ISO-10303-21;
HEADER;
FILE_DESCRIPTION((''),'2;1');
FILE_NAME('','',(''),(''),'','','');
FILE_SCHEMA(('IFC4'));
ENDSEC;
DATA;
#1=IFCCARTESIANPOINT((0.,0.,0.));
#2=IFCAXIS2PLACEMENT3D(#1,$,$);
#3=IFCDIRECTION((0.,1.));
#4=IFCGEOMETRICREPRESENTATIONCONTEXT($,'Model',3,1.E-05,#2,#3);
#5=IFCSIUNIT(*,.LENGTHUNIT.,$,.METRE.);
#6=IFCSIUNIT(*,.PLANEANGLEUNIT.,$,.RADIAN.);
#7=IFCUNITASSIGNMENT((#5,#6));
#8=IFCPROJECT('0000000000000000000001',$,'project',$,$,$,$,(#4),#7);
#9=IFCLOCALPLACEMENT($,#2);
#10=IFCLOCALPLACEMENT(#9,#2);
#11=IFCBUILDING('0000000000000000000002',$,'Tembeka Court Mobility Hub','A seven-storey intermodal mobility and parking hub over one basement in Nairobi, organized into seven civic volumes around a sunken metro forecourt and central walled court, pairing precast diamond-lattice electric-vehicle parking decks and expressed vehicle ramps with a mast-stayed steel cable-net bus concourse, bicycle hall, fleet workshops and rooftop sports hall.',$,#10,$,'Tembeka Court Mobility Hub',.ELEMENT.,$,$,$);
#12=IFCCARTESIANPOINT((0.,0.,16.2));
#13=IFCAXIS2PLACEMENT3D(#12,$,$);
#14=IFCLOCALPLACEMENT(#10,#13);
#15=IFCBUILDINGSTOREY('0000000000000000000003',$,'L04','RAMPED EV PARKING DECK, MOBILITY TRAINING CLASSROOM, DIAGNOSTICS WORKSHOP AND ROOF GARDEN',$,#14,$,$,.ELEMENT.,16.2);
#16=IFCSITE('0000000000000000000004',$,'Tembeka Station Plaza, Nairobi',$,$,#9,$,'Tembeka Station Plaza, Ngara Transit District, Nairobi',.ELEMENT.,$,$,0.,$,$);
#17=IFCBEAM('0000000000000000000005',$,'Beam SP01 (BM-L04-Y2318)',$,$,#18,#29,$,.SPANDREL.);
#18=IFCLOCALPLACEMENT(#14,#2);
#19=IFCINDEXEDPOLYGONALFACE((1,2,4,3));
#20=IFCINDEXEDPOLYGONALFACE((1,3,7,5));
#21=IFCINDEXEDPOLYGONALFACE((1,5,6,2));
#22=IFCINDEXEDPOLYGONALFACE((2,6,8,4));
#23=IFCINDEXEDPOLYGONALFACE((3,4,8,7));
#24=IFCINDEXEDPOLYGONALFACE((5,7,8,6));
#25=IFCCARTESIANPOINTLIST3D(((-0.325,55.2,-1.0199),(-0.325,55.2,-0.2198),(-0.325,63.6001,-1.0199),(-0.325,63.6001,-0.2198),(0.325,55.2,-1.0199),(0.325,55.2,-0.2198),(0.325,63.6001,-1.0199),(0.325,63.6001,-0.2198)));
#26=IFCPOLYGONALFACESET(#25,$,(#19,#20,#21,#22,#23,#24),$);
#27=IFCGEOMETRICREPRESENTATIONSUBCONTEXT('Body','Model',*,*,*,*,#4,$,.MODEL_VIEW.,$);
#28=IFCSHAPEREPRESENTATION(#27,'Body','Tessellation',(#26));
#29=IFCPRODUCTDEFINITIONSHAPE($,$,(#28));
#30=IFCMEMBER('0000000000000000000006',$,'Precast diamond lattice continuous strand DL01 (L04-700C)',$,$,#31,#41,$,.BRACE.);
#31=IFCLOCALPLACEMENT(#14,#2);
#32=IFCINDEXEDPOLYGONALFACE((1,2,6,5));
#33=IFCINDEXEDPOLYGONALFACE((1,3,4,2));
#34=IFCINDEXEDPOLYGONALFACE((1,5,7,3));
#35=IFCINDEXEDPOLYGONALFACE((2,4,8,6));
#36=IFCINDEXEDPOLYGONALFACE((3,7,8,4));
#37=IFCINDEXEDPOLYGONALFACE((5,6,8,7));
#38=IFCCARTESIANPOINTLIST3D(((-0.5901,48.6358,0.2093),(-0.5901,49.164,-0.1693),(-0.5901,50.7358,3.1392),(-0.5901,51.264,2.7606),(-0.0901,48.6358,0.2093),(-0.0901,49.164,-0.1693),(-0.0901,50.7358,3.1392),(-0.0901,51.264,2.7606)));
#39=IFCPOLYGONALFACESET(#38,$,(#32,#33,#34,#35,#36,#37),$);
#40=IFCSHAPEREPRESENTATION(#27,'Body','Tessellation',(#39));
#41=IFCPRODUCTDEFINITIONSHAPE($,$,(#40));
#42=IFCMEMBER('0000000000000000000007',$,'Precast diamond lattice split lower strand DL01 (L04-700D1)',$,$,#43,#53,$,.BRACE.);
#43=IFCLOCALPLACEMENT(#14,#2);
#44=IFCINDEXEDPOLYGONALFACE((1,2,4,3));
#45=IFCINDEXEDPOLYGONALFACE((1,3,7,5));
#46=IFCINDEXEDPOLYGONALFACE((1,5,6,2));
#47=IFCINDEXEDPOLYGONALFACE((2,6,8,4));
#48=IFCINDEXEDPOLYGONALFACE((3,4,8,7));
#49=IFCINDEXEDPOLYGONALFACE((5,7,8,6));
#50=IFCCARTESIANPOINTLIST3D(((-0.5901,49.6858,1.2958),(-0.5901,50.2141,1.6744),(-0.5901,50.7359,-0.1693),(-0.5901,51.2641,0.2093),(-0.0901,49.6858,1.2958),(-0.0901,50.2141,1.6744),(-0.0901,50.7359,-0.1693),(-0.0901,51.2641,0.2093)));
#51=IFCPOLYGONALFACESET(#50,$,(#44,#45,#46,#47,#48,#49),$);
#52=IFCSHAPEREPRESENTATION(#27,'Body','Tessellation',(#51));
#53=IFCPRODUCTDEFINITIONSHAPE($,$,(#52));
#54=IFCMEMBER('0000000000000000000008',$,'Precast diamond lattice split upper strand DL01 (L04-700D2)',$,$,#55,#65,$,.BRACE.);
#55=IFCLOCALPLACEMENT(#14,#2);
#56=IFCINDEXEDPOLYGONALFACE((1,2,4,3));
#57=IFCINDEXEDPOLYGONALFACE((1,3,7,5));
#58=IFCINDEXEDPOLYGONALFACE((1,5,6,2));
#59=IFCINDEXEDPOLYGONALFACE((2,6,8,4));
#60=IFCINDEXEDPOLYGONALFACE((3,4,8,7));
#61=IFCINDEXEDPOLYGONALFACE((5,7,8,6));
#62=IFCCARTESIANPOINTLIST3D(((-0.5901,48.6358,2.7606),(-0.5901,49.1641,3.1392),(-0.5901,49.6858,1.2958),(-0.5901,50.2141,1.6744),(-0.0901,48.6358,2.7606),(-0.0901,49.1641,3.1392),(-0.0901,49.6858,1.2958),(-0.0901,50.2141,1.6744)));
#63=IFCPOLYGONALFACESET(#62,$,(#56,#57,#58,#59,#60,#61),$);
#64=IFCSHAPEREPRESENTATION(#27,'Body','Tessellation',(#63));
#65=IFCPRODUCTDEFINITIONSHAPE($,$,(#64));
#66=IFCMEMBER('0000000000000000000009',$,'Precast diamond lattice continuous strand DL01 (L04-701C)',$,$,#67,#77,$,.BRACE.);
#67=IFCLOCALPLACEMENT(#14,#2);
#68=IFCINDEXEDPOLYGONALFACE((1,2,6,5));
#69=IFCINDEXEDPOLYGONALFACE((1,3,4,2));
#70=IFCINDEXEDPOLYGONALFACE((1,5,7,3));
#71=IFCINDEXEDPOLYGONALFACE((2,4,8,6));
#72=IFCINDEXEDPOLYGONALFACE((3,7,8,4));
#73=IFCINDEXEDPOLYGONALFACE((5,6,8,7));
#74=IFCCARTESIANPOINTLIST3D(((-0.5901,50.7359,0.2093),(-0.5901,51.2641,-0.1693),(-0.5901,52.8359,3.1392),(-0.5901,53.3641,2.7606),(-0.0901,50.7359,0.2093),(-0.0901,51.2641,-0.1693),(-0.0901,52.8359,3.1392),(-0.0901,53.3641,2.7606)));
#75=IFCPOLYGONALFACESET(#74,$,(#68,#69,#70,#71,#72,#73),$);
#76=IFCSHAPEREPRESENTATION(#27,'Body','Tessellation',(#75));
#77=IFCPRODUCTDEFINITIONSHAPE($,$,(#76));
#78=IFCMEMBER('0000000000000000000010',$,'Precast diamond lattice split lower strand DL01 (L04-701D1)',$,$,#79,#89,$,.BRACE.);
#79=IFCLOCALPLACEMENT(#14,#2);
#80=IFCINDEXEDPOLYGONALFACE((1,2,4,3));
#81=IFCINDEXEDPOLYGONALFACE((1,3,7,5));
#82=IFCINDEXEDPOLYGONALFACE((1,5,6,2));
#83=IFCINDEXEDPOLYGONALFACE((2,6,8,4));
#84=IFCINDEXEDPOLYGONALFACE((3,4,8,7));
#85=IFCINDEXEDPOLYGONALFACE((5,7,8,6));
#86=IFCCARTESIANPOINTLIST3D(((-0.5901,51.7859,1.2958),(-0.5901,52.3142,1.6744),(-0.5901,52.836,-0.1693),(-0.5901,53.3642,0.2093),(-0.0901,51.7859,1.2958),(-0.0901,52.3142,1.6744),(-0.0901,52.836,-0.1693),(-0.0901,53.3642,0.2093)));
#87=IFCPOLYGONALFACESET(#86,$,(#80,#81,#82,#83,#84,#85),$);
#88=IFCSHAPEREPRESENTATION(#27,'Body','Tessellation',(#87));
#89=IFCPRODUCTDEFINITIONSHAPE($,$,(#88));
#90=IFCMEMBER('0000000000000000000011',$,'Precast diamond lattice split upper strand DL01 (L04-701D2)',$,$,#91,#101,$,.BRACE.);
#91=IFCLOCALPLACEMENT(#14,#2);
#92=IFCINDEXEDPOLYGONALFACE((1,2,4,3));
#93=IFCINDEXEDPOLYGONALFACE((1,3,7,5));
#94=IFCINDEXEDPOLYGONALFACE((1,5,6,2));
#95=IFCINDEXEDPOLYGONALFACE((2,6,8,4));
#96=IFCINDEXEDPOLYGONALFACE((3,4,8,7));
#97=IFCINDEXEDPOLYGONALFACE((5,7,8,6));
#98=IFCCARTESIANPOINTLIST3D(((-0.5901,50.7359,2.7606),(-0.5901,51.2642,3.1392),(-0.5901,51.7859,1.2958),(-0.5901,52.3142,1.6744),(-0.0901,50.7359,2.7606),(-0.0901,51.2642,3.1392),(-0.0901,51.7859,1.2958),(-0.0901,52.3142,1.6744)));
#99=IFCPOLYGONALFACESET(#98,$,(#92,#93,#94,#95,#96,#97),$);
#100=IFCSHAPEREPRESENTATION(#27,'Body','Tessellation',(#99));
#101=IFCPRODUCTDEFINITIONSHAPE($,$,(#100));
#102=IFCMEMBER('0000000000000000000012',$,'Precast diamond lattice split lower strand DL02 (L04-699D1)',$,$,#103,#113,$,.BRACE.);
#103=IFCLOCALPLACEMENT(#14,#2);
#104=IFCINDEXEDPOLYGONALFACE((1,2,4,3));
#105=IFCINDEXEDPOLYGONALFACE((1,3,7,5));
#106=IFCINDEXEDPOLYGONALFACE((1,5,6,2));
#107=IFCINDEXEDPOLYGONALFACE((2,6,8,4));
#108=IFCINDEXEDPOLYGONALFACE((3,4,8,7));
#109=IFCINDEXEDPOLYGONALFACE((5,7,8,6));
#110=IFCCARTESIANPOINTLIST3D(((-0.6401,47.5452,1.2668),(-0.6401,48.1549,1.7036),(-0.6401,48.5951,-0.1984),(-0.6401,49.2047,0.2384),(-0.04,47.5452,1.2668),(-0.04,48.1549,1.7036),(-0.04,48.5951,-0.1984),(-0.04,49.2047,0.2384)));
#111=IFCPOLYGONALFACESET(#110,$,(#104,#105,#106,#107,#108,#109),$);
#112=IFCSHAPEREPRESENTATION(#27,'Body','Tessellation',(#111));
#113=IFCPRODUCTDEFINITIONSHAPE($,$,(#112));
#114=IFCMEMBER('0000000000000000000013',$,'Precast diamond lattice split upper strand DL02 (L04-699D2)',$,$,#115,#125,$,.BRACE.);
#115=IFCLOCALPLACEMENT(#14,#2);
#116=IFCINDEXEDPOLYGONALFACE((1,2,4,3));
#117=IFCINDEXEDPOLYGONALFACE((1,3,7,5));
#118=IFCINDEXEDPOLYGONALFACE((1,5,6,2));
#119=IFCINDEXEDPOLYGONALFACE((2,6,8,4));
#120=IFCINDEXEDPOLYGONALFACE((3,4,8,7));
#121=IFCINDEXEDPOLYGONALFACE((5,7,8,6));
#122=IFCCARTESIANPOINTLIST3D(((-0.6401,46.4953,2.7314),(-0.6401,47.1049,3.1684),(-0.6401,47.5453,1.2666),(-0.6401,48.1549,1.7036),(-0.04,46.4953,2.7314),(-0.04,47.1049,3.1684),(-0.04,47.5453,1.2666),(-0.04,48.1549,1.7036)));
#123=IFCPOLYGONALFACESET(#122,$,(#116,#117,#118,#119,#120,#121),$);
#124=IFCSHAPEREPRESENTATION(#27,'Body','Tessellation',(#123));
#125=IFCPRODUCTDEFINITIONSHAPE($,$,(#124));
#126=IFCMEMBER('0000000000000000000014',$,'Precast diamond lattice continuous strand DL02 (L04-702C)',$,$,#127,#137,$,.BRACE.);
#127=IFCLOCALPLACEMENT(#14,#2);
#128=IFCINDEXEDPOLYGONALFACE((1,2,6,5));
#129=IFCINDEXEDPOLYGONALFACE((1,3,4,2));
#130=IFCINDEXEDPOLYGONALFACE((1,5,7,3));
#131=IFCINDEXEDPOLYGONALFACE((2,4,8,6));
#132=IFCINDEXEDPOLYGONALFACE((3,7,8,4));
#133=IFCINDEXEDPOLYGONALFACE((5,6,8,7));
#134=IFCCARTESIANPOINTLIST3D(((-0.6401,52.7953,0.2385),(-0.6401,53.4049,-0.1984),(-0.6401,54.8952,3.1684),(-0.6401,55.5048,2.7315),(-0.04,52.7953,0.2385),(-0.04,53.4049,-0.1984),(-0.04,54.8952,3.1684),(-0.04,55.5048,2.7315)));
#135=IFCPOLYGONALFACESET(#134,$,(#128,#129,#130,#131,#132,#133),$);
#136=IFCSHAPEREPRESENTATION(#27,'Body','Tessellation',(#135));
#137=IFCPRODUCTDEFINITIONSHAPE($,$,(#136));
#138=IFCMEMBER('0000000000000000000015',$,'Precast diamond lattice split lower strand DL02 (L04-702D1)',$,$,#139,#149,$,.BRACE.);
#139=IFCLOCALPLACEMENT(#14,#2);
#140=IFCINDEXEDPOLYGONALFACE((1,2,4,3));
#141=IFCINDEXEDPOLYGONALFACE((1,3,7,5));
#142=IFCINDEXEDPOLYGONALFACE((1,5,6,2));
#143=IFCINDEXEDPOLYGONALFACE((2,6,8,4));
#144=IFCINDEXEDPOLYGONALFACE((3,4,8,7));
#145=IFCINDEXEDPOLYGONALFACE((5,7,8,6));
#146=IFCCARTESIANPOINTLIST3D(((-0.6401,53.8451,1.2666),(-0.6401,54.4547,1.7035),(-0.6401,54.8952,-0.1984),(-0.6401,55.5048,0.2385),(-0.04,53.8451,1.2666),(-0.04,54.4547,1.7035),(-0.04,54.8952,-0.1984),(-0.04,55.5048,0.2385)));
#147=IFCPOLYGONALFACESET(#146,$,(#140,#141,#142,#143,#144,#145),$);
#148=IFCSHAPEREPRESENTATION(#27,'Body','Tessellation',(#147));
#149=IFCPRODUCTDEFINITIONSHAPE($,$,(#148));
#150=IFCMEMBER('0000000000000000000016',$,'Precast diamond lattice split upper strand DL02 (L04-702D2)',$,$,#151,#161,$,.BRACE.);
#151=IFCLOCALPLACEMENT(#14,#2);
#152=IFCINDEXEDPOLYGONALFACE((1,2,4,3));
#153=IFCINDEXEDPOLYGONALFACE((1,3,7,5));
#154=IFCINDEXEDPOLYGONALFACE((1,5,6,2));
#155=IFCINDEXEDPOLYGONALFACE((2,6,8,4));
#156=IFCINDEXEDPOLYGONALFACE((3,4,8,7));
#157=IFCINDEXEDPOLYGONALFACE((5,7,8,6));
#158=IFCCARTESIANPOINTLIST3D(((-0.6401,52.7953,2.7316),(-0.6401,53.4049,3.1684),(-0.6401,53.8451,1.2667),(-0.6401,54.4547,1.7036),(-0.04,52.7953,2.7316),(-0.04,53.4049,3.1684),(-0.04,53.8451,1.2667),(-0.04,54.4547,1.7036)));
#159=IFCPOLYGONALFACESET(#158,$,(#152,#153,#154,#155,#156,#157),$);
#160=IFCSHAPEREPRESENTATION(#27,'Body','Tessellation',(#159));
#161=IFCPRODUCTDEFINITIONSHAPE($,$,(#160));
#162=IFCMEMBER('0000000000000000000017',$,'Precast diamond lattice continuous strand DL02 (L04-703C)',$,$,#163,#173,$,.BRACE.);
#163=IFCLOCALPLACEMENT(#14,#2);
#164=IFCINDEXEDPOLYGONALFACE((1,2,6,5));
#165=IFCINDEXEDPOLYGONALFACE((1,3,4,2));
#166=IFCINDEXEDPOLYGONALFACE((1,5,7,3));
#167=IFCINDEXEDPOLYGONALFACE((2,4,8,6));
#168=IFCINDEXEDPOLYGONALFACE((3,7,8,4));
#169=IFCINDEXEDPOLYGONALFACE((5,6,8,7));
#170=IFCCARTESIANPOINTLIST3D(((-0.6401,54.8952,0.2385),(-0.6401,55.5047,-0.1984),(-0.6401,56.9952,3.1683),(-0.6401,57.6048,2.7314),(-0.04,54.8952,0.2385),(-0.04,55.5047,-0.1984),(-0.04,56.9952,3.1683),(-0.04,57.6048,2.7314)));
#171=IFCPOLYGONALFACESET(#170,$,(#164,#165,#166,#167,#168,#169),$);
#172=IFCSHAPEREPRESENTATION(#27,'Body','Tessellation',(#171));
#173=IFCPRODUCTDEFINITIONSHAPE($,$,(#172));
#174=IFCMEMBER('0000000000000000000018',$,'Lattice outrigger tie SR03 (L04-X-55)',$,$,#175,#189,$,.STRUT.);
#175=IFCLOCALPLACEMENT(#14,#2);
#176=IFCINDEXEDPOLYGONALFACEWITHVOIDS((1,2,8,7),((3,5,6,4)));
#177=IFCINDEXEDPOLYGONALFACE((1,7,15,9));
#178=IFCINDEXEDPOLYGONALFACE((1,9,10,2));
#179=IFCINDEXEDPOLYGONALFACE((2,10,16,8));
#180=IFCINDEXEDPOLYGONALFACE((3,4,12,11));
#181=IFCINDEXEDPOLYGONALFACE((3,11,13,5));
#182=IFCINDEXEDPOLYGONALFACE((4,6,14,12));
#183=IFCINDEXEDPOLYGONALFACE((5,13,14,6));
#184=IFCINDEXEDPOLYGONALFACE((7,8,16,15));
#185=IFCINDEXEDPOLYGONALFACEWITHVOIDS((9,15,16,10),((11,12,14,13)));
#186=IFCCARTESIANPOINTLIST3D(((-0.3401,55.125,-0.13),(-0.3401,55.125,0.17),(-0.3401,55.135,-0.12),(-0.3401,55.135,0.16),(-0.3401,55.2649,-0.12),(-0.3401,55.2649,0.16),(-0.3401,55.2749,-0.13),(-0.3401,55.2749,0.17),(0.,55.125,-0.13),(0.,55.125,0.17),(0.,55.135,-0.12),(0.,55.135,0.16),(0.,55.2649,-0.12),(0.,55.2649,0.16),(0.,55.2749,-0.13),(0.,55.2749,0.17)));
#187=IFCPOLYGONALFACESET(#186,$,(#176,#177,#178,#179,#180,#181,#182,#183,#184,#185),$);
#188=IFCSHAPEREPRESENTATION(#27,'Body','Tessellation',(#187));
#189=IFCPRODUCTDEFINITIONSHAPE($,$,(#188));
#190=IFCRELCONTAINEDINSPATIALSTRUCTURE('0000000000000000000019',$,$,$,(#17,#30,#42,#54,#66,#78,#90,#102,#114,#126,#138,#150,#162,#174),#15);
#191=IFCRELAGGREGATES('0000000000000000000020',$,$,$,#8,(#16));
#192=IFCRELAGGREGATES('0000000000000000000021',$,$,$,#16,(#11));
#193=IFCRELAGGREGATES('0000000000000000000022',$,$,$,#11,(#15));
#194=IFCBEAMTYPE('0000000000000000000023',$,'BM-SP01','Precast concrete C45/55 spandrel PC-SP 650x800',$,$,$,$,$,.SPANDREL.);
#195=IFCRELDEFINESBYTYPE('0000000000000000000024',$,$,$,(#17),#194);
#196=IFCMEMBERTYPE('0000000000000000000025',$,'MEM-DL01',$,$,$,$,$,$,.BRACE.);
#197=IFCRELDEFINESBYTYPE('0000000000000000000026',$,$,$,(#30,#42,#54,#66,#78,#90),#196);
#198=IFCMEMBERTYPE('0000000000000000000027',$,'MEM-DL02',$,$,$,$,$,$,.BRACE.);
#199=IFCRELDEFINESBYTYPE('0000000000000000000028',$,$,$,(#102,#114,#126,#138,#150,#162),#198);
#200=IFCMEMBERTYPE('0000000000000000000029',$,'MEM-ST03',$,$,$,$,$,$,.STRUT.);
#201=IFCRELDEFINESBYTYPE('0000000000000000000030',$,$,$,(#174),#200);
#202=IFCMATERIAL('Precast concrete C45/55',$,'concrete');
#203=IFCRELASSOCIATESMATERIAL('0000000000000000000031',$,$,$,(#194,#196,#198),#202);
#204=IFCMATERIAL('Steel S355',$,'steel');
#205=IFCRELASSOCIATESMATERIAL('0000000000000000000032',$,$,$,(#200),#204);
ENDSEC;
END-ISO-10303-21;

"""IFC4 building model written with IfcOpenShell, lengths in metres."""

from ifc_helpers import new_model, si_unit, direction, frame, origin, origin_2d, place, context, subcontext, project, spatial, rectangle, hollow_rectangle, extrude, material, material_profile, profile_set, type_object, element, save


model = new_model("IFC4")

# Units and contexts
model_context = context("Model", 3, precision=1e-05, world=origin(), true_north=direction((0.0, 1.0)))
body_context = subcontext(model_context, "Body", "Model", "MODEL_VIEW")
ifc_project = project(units=[si_unit("LENGTHUNIT", "METRE"), si_unit("PLANEANGLEUNIT", "RADIAN")], contexts=[model_context])

# Site, building, storey
site_placement = place(None, origin())
site = spatial("IfcSite", under=ifc_project, at=site_placement, Name="Tembeka Station Plaza, Nairobi", LongName="Tembeka Station Plaza, Ngara Transit District, Nairobi", CompositionType="ELEMENT", RefElevation=0.0)
building_placement = place(site_placement, origin())
building = spatial("IfcBuilding", under=site, at=building_placement, Name="Tembeka Court Mobility Hub", Description="A seven-storey intermodal mobility and parking hub over one basement in Nairobi, organized into seven civic volumes around a sunken metro forecourt and central walled court, pairing precast diamond-lattice electric-vehicle parking decks and expressed vehicle ramps with a mast-stayed steel cable-net bus concourse, bicycle hall, fleet workshops and rooftop sports hall.", LongName="Tembeka Court Mobility Hub", CompositionType="ELEMENT")
storey_placement = place(building_placement, frame((0.0, 0.0, 16.2)))
storey = spatial("IfcBuildingStorey", under=building, at=storey_placement, Name="L04", Description="RAMPED EV PARKING DECK, MOBILITY TRAINING CLASSROOM, DIAGNOSTICS WORKSHOP AND ROOF GARDEN", CompositionType="ELEMENT", Elevation=16.2)

# Shared definitions
ifc_material_1 = material(Name="Steel S355", Category="steel")

# Beam
ifc_material_2 = material(Name="Precast concrete C45/55", Category="concrete")
ifc_material_profile_1 = material_profile(ifc_material_2, rectangle(XDim=0.6499, YDim=0.8, at=origin_2d()), Name="PC-SP 650x800")
ifc_profile_set_1 = profile_set([ifc_material_profile_1], Name="Precast concrete C45/55")
beam_type_1 = type_object("IfcBeamType", Name="BM-SP01", Description="Precast concrete C45/55 spandrel PC-SP 650x800", PredefinedType="SPANDREL", material=ifc_profile_set_1)
beam_1_placement = place(storey_placement, frame((0.0, 55.2, -0.6199), z_axis=(0.0, 1.0, 0.0), x_axis=(-1.0, 0.0, 0.0)))
element("IfcBeam", 1, at=beam_1_placement, inside=storey, type_object=beam_type_1, Name="Beam SP01 (BM-L04-Y2318)", PredefinedType="SPANDREL", context=body_context, shape_type="SweptSolid", body=[
    extrude(rectangle(XDim=0.6499, YDim=0.8, at=origin_2d()), origin(), (0.0, 0.0, 1.0), 8.4001),
])

# Members
ifc_material_profile_2 = material_profile(ifc_material_2, rectangle(XDim=0.5, YDim=0.6499, at=origin_2d()), Name="PC-DIAG 500x650")
ifc_profile_set_2 = profile_set([ifc_material_profile_2], Name="Precast concrete C45/55")
member_type_1 = type_object("IfcMemberType", Name="MEM-DL01", PredefinedType="BRACE", material=ifc_profile_set_2)
member_1_placement = place(storey_placement, frame((-0.3401, 48.8999, 0.02), z_axis=(0.0, 0.582576, 0.812776), x_axis=(-1.0, 0.0, 0.0)))
element("IfcMember", 2, at=member_1_placement, inside=storey, type_object=member_type_1, Name="Precast diamond lattice continuous strand DL01 (L04-700C)", PredefinedType="BRACE", context=body_context, shape_type="SweptSolid", body=[
    extrude(rectangle(XDim=0.5, YDim=0.6499, at=origin_2d()), origin(), (0.0, 0.0, 1.0), 3.6047),
])
member_2_placement = place(storey_placement, frame((-0.3401, 51.0, 0.02), z_axis=(0.0, -0.582544, 0.812799), x_axis=(1.0, 0.0, 0.0)))
element("IfcMember", 3, at=member_2_placement, inside=storey, type_object=member_type_1, Name="Precast diamond lattice split lower strand DL01 (L04-700D1)", PredefinedType="BRACE", context=body_context, shape_type="SweptSolid", body=[
    extrude(rectangle(XDim=0.5, YDim=0.6499, at=origin_2d()), origin(), (0.0, 0.0, 1.0), 1.8025),
])
member_3_placement = place(storey_placement, frame((-0.3401, 49.95, 1.4851), z_axis=(0.0, -0.582608, 0.812753), x_axis=(1.0, 0.0, 0.0)))
element("IfcMember", 4, at=member_3_placement, inside=storey, type_object=member_type_1, Name="Precast diamond lattice split upper strand DL01 (L04-700D2)", PredefinedType="BRACE", context=body_context, shape_type="SweptSolid", body=[
    extrude(rectangle(XDim=0.5, YDim=0.6499, at=origin_2d()), origin(), (0.0, 0.0, 1.0), 1.8022),
])
member_4_placement = place(storey_placement, frame((-0.3401, 51.0, 0.02), z_axis=(0.0, 0.582576, 0.812776), x_axis=(-1.0, 0.0, 0.0)))
element("IfcMember", 5, at=member_4_placement, inside=storey, type_object=member_type_1, Name="Precast diamond lattice continuous strand DL01 (L04-701C)", PredefinedType="BRACE", context=body_context, shape_type="SweptSolid", body=[
    extrude(rectangle(XDim=0.5, YDim=0.6499, at=origin_2d()), origin(), (0.0, 0.0, 1.0), 3.6047),
])
member_5_placement = place(storey_placement, frame((-0.3401, 53.1001, 0.02), z_axis=(0.0, -0.582544, 0.812799), x_axis=(1.0, 0.0, 0.0)))
element("IfcMember", 6, at=member_5_placement, inside=storey, type_object=member_type_1, Name="Precast diamond lattice split lower strand DL01 (L04-701D1)", PredefinedType="BRACE", context=body_context, shape_type="SweptSolid", body=[
    extrude(rectangle(XDim=0.5, YDim=0.6499, at=origin_2d()), origin(), (0.0, 0.0, 1.0), 1.8025),
])
member_6_placement = place(storey_placement, frame((-0.3401, 52.05, 1.4851), z_axis=(0.0, -0.582608, 0.812753), x_axis=(1.0, 0.0, 0.0)))
element("IfcMember", 7, at=member_6_placement, inside=storey, type_object=member_type_1, Name="Precast diamond lattice split upper strand DL01 (L04-701D2)", PredefinedType="BRACE", context=body_context, shape_type="SweptSolid", body=[
    extrude(rectangle(XDim=0.5, YDim=0.6499, at=origin_2d()), origin(), (0.0, 0.0, 1.0), 1.8022),
])
ifc_material_profile_3 = material_profile(ifc_material_2, rectangle(XDim=0.6001, YDim=0.75, at=origin_2d()), Name="PC-DIAG 600x750")
ifc_profile_set_3 = profile_set([ifc_material_profile_3], Name="Precast concrete C45/55")
member_type_2 = type_object("IfcMemberType", Name="MEM-DL02", PredefinedType="BRACE", material=ifc_profile_set_3)
member_7_placement = place(storey_placement, frame((-0.3401, 48.8999, 0.02), z_axis=(0.0, -0.582455, 0.812863), x_axis=(1.0, 0.0, 0.0)))
element("IfcMember", 8, at=member_7_placement, inside=storey, type_object=member_type_2, Name="Precast diamond lattice split lower strand DL02 (L04-699D1)", PredefinedType="BRACE", context=body_context, shape_type="SweptSolid", body=[
    extrude(rectangle(XDim=0.6001, YDim=0.75, at=origin_2d()), origin(), (0.0, 0.0, 1.0), 1.8025),
])
member_8_placement = place(storey_placement, frame((-0.3401, 47.8501, 1.4851), z_axis=(0.0, -0.582608, 0.812753), x_axis=(1.0, 0.0, 0.0)))
element("IfcMember", 9, at=member_8_placement, inside=storey, type_object=member_type_2, Name="Precast diamond lattice split upper strand DL02 (L04-699D2)", PredefinedType="BRACE", context=body_context, shape_type="SweptSolid", body=[
    extrude(rectangle(XDim=0.6001, YDim=0.75, at=origin_2d()), origin(), (0.0, 0.0, 1.0), 1.8022),
])
member_9_placement = place(storey_placement, frame((-0.3401, 53.1001, 0.02), z_axis=(0.0, 0.582532, 0.812808), x_axis=(-1.0, 0.0, 0.0)))
element("IfcMember", 10, at=member_9_placement, inside=storey, type_object=member_type_2, Name="Precast diamond lattice continuous strand DL02 (L04-702C)", PredefinedType="BRACE", context=body_context, shape_type="SweptSolid", body=[
    extrude(rectangle(XDim=0.6001, YDim=0.75, at=origin_2d()), origin(), (0.0, 0.0, 1.0), 3.6047),
])
member_10_placement = place(storey_placement, frame((-0.3401, 55.2, 0.02), z_axis=(0.0, -0.582544, 0.812799), x_axis=(1.0, 0.0, 0.0)))
element("IfcMember", 11, at=member_10_placement, inside=storey, type_object=member_type_2, Name="Precast diamond lattice split lower strand DL02 (L04-702D1)", PredefinedType="BRACE", context=body_context, shape_type="SweptSolid", body=[
    extrude(rectangle(XDim=0.6001, YDim=0.75, at=origin_2d()), origin(), (0.0, 0.0, 1.0), 1.8025),
])
member_11_placement = place(storey_placement, frame((-0.3401, 54.1499, 1.4851), z_axis=(0.0, -0.582519, 0.812817), x_axis=(1.0, 0.0, 0.0)))
element("IfcMember", 12, at=member_11_placement, inside=storey, type_object=member_type_2, Name="Precast diamond lattice split upper strand DL02 (L04-702D2)", PredefinedType="BRACE", context=body_context, shape_type="SweptSolid", body=[
    extrude(rectangle(XDim=0.6001, YDim=0.75, at=origin_2d()), origin(), (0.0, 0.0, 1.0), 1.8022),
])
member_12_placement = place(storey_placement, frame((-0.3401, 55.2, 0.02), z_axis=(0.0, 0.582576, 0.812776), x_axis=(-1.0, 0.0, 0.0)))
element("IfcMember", 13, at=member_12_placement, inside=storey, type_object=member_type_2, Name="Precast diamond lattice continuous strand DL02 (L04-703C)", PredefinedType="BRACE", context=body_context, shape_type="SweptSolid", body=[
    extrude(rectangle(XDim=0.6001, YDim=0.75, at=origin_2d()), origin(), (0.0, 0.0, 1.0), 3.6047),
])
ifc_material_profile_4 = material_profile(ifc_material_1, hollow_rectangle(XDim=0.1499, YDim=0.3, WallThickness=0.01, at=origin_2d()), Name="RHS 300x150x10")
ifc_profile_set_4 = profile_set([ifc_material_profile_4], Name="Steel S355")
member_type_3 = type_object("IfcMemberType", Name="MEM-ST03", PredefinedType="STRUT", material=ifc_profile_set_4)
member_13_placement = place(storey_placement, frame((0.0, 55.2, 0.02), z_axis=(-1.0, 0.0, 0.0), x_axis=(0.0, -1.0, 0.0)))
element("IfcMember", 14, at=member_13_placement, inside=storey, type_object=member_type_3, Name="Lattice outrigger tie SR03 (L04-X-55)", PredefinedType="STRUT", context=body_context, shape_type="SweptSolid", body=[
    extrude(hollow_rectangle(XDim=0.1499, YDim=0.3, WallThickness=0.01, at=origin_2d()), origin(), (0.0, 0.0, 1.0), 0.3401),
])

save(model, "model.ifc")
